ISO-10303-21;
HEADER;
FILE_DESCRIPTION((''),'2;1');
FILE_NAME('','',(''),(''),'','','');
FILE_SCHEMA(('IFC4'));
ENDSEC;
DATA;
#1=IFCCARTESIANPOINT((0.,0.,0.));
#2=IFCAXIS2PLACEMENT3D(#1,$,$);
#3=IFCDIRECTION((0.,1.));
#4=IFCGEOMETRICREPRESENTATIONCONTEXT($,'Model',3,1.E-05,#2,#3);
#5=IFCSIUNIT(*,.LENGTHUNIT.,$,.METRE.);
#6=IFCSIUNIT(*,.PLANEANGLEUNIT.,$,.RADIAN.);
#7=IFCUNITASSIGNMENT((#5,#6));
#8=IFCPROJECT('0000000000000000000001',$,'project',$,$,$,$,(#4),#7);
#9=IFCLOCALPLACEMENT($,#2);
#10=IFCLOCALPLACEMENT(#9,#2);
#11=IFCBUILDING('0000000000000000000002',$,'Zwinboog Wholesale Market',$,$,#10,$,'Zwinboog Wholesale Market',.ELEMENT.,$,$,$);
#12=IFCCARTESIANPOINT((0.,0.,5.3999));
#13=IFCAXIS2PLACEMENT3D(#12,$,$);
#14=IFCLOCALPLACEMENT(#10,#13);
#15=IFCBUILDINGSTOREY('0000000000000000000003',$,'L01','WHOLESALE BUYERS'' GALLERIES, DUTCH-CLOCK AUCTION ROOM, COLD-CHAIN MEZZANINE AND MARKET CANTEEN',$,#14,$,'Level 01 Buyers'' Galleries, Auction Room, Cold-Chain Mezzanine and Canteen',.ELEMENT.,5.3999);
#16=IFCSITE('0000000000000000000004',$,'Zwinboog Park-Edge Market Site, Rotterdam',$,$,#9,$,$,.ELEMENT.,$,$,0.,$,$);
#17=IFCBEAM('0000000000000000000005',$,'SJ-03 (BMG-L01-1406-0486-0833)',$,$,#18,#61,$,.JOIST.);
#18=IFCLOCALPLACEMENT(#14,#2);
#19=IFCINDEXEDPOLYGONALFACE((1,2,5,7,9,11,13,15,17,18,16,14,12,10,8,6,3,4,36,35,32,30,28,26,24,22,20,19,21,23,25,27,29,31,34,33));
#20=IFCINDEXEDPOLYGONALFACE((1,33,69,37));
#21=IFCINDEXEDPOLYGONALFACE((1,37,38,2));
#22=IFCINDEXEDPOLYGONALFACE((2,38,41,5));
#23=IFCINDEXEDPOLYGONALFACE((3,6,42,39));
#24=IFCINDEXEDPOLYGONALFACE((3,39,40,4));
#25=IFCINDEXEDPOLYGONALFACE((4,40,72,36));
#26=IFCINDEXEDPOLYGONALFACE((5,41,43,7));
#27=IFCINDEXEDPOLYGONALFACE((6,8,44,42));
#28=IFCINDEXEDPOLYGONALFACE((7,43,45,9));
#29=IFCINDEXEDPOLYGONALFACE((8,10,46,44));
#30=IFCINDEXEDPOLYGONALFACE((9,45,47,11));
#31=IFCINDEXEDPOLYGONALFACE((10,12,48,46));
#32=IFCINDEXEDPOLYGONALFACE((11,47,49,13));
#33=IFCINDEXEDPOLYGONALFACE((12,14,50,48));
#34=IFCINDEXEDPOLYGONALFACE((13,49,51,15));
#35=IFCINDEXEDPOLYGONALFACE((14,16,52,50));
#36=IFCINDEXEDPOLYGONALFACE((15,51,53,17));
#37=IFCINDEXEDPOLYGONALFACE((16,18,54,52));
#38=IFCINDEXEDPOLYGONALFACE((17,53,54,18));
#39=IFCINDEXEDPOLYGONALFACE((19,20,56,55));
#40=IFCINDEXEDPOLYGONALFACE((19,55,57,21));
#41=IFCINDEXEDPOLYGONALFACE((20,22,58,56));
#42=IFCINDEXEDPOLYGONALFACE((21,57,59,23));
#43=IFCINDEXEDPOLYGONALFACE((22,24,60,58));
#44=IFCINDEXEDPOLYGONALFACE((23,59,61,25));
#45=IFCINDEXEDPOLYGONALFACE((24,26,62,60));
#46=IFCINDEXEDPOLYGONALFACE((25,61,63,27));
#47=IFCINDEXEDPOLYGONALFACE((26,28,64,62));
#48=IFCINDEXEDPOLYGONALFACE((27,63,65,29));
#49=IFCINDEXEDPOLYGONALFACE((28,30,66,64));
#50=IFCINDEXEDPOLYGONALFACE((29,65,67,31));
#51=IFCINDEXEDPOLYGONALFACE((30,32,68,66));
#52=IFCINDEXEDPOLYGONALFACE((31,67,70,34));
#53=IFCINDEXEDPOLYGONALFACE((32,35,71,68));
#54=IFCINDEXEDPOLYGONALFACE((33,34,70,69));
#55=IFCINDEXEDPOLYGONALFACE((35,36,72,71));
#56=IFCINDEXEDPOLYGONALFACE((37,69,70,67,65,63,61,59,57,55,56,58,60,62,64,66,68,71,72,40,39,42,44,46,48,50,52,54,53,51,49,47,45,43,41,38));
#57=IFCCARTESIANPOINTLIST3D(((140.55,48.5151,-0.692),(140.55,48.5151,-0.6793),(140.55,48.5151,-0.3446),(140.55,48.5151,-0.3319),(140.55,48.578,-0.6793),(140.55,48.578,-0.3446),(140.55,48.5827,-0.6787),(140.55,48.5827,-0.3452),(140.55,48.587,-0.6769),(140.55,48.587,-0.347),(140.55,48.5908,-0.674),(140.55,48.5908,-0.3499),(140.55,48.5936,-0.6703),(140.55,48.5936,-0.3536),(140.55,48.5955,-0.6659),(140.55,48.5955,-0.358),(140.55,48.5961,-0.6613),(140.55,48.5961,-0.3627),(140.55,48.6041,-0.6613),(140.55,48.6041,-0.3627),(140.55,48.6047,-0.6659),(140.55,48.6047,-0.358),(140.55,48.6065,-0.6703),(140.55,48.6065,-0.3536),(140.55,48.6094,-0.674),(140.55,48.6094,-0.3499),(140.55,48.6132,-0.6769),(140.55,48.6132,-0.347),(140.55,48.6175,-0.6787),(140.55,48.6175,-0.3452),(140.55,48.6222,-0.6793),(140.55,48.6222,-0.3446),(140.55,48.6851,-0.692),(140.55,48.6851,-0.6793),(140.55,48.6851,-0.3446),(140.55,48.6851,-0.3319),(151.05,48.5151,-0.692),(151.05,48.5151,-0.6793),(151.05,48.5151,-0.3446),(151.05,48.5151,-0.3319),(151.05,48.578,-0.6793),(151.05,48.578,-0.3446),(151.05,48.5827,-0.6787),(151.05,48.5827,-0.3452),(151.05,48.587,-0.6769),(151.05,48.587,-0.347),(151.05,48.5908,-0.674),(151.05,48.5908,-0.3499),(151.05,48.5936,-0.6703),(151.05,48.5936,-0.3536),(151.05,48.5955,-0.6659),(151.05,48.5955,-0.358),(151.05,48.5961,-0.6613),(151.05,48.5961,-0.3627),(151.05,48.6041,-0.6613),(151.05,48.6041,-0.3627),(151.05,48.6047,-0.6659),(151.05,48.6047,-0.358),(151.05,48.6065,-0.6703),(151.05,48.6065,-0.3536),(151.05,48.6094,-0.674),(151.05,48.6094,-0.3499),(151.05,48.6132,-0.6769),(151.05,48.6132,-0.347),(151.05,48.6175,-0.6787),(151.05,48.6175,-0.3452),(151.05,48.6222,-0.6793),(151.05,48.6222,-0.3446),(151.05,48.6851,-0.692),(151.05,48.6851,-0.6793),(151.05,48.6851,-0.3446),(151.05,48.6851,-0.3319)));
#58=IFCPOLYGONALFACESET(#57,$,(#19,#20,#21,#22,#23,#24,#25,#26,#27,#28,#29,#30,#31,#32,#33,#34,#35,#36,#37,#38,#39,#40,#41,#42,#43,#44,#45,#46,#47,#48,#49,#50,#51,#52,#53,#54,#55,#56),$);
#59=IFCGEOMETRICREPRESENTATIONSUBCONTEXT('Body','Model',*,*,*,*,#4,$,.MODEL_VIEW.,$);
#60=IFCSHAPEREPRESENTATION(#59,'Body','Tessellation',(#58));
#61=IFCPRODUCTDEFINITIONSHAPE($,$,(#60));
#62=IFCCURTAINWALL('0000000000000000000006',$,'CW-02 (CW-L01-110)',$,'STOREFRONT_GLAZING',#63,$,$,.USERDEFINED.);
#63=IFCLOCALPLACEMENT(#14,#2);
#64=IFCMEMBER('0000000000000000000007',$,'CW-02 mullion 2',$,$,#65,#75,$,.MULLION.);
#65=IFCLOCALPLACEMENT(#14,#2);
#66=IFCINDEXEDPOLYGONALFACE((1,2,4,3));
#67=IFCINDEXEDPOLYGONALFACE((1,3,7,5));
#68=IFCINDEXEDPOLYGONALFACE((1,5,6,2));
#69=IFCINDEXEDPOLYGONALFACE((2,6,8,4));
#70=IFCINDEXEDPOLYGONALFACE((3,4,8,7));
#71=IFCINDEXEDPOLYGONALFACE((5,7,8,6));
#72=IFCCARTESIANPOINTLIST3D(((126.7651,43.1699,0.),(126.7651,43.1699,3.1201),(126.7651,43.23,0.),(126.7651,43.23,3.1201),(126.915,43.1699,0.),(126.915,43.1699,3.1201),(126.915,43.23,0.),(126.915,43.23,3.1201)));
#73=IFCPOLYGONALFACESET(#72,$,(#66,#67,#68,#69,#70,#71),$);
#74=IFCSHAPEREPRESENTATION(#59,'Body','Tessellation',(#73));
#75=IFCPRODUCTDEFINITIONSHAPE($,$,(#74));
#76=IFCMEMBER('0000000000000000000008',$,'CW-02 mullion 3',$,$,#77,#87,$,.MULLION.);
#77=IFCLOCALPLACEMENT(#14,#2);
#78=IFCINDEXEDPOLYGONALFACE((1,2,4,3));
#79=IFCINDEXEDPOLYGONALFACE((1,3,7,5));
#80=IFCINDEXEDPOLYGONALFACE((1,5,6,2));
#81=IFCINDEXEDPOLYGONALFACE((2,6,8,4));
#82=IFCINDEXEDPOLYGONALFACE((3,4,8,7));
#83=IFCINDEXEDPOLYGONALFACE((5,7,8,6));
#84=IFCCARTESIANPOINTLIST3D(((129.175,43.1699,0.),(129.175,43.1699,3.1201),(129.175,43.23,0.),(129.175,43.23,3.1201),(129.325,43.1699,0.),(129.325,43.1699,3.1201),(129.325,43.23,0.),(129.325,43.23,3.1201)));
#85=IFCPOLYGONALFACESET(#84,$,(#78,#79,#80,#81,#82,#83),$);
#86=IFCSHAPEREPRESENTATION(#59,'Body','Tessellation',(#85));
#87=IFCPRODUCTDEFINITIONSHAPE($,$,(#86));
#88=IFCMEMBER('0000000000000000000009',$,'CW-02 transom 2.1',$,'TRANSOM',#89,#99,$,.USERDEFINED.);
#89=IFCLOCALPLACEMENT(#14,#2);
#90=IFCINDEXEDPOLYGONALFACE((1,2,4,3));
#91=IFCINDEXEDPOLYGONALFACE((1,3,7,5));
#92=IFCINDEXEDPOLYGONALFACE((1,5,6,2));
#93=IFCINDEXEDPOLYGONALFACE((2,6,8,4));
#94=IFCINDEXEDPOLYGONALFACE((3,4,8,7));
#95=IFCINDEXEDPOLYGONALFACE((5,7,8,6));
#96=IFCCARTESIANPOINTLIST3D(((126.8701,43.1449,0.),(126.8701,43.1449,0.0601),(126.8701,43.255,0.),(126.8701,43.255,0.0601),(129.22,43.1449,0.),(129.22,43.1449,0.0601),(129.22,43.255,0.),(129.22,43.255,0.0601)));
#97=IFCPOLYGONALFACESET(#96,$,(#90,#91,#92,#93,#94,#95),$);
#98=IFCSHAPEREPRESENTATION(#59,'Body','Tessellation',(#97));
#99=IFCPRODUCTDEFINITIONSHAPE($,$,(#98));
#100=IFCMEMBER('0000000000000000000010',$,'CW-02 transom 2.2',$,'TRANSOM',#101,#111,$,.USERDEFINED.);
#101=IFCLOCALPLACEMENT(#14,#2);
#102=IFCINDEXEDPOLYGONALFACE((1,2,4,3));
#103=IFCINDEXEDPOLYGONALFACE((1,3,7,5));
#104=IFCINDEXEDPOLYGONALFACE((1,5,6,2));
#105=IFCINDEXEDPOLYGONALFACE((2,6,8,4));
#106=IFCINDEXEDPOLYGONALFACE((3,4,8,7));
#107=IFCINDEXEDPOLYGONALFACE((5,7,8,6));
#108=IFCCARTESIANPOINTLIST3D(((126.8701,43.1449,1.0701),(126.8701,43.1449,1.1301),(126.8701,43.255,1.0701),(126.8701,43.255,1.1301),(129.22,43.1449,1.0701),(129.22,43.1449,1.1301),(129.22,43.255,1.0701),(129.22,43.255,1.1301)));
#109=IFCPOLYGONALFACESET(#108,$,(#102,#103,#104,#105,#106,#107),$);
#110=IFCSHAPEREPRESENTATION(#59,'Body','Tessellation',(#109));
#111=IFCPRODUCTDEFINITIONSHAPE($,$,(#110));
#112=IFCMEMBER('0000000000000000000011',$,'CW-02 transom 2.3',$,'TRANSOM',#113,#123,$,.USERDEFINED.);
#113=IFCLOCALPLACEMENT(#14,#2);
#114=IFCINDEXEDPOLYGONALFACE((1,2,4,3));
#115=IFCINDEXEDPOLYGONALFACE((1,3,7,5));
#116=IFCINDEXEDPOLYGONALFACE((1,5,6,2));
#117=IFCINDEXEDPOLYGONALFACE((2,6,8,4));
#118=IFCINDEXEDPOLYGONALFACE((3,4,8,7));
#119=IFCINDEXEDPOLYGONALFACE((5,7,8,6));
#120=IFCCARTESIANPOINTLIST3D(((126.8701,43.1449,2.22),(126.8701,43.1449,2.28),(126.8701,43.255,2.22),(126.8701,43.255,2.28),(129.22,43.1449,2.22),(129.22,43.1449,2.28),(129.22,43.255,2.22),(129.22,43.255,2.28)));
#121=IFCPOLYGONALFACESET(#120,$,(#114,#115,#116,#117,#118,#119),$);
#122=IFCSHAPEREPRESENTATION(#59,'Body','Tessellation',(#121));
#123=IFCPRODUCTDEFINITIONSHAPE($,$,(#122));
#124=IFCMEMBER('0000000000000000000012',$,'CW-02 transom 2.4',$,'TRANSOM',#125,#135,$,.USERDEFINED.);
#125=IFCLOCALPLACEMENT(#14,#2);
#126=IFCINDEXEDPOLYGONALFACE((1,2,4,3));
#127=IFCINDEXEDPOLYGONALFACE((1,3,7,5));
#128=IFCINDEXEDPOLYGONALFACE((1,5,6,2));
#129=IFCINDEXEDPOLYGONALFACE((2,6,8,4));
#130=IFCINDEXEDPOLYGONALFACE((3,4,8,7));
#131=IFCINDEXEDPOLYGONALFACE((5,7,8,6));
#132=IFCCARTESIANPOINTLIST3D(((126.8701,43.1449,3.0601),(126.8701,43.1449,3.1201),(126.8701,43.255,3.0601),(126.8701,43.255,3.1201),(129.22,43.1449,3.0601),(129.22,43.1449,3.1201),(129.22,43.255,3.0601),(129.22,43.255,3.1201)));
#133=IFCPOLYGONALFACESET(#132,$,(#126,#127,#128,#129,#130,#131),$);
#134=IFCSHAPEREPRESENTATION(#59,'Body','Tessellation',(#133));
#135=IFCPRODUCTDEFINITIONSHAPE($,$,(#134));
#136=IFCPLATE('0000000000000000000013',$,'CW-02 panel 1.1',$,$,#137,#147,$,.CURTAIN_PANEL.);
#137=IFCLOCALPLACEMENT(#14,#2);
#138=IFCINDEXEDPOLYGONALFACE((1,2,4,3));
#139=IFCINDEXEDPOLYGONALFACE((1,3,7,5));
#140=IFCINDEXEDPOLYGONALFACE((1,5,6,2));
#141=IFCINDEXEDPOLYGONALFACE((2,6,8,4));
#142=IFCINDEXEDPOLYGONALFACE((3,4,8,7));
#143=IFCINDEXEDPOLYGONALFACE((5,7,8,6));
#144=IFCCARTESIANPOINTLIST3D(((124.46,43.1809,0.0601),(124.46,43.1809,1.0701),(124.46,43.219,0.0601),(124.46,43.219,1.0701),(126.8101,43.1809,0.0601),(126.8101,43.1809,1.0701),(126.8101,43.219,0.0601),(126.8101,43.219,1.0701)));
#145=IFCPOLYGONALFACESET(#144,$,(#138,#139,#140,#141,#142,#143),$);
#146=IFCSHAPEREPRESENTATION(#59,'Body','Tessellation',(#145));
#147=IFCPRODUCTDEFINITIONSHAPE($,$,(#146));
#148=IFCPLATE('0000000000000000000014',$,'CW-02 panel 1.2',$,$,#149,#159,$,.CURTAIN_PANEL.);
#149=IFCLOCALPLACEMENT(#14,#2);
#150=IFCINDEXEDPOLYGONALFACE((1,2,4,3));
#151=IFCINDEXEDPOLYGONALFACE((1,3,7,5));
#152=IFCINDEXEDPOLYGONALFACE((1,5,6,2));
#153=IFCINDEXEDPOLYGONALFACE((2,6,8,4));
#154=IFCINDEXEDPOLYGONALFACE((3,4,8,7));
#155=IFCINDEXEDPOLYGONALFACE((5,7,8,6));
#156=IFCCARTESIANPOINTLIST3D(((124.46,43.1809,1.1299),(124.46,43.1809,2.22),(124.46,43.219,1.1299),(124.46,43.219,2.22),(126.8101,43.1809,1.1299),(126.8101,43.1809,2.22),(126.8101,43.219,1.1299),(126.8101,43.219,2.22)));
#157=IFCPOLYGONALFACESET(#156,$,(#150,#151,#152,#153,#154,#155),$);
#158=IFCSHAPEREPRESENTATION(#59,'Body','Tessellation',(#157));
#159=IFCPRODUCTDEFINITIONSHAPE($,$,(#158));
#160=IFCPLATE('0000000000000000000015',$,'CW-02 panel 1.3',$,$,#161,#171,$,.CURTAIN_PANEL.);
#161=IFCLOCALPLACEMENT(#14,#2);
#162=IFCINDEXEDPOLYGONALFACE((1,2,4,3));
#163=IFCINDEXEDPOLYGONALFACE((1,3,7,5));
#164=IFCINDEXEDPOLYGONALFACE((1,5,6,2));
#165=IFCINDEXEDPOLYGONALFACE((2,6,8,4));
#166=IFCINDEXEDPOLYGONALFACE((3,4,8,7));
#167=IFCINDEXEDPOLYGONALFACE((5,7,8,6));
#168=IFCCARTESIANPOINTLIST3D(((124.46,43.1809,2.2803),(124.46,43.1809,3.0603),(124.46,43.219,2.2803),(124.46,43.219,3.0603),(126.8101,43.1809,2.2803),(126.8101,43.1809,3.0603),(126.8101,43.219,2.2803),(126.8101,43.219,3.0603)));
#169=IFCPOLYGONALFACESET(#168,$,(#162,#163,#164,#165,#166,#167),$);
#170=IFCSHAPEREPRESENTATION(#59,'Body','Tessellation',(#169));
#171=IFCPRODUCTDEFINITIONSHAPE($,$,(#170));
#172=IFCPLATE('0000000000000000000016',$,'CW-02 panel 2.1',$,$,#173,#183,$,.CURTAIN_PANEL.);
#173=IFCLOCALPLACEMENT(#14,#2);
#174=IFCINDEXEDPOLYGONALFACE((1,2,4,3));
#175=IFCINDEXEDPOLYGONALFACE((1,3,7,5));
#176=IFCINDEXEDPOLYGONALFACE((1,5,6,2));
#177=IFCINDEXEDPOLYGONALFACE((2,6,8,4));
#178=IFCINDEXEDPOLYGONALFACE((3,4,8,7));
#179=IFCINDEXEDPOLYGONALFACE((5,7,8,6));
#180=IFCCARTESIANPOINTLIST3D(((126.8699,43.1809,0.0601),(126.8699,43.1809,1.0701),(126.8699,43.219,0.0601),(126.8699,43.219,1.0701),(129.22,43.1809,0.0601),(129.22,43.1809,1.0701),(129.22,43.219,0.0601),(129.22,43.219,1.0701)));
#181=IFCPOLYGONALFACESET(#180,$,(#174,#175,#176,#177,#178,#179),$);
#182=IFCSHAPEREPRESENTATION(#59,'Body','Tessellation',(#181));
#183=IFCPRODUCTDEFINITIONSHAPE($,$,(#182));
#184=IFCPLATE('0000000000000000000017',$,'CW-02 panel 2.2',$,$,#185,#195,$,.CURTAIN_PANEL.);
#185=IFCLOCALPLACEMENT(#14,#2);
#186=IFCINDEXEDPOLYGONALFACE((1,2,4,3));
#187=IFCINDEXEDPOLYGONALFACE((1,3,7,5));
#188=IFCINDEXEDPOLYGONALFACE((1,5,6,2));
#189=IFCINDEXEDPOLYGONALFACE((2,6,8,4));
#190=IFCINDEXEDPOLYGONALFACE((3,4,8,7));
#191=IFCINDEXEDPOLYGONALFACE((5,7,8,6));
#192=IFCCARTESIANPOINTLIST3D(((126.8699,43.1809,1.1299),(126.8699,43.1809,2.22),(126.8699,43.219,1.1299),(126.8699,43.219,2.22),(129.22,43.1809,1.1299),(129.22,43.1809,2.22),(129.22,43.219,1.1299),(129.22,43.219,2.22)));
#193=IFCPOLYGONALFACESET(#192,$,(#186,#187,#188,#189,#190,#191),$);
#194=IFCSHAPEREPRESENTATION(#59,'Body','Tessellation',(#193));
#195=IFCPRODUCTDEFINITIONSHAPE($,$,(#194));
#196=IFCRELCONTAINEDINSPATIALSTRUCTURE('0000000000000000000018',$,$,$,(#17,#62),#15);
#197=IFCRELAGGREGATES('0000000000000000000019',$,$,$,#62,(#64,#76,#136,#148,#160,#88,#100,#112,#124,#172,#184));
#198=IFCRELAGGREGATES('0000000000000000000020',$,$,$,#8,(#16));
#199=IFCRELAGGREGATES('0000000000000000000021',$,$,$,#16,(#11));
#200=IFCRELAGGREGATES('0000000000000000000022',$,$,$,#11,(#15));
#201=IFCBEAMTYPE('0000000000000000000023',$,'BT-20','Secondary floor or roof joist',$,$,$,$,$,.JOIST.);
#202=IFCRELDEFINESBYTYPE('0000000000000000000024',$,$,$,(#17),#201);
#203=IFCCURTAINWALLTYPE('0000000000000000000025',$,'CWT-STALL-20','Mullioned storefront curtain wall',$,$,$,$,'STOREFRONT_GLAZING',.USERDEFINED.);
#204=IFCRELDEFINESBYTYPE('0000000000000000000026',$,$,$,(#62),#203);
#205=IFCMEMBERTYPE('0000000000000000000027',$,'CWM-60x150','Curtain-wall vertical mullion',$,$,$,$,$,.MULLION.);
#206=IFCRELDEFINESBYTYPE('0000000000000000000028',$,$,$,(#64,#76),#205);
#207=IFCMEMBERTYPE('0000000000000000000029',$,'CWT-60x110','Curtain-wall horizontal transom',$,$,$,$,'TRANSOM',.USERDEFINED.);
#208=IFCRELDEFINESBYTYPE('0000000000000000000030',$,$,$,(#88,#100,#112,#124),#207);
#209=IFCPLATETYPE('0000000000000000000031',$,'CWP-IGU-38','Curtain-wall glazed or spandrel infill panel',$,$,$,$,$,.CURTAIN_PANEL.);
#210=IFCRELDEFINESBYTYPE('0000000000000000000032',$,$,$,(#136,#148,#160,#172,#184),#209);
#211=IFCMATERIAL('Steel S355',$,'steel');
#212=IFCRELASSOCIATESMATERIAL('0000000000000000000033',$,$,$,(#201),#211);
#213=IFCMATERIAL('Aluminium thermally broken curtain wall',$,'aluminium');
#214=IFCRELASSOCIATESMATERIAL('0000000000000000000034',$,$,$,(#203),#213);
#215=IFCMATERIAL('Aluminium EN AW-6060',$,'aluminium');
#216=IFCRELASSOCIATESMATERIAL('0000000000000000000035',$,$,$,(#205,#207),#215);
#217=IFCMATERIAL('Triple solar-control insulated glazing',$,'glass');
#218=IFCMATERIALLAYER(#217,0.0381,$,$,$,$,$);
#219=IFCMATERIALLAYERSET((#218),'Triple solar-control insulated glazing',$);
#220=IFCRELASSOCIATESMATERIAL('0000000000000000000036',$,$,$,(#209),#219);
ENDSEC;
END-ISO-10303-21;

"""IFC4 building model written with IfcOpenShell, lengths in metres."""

from ifc_helpers import new_model, si_unit, direction, frame, origin, origin_2d, place, context, subcontext, project, spatial, rectangle, i_section, extrude, material, layer, layer_set, material_profile, profile_set, type_object, element, aggregate, save


model = new_model("IFC4")

# Units and contexts
model_context = context("Model", 3, precision=1e-05, world=origin(), true_north=direction((0.0, 1.0)))
body_context = subcontext(model_context, "Body", "Model", "MODEL_VIEW")
ifc_project = project(units=[si_unit("LENGTHUNIT", "METRE"), si_unit("PLANEANGLEUNIT", "RADIAN")], contexts=[model_context])

# Site, building, storey
site_placement = place(None, origin())
site = spatial("IfcSite", under=ifc_project, at=site_placement, Name="Zwinboog Park-Edge Market Site, Rotterdam", CompositionType="ELEMENT", RefElevation=0.0)
building_placement = place(site_placement, origin())
building = spatial("IfcBuilding", under=site, at=building_placement, Name="Zwinboog Wholesale Market", LongName="Zwinboog Wholesale Market", CompositionType="ELEMENT")
storey_placement = place(building_placement, frame((0.0, 0.0, 5.3999)))
storey = spatial("IfcBuildingStorey", under=building, at=storey_placement, Name="L01", Description="WHOLESALE BUYERS' GALLERIES, DUTCH-CLOCK AUCTION ROOM, COLD-CHAIN MEZZANINE AND MARKET CANTEEN", LongName="Level 01 Buyers' Galleries, Auction Room, Cold-Chain Mezzanine and Canteen", CompositionType="ELEMENT", Elevation=5.3999)

# Beam
ifc_material_1 = material(Name="Steel S355", Category="steel")
ifc_material_profile_1 = material_profile(ifc_material_1, i_section(OverallWidth=0.1699, OverallDepth=0.3601, WebThickness=0.0081, FlangeThickness=0.0127, FilletRadius=0.0181, at=origin_2d()), Name="IPE 360")
ifc_profile_set_1 = profile_set([ifc_material_profile_1], Name="Steel S355")
beam_type_1 = type_object("IfcBeamType", Name="BT-20", Description="Secondary floor or roof joist", PredefinedType="JOIST", material=ifc_profile_set_1)
beam_1_placement = place(storey_placement, frame((140.55, 48.6001, -0.512), z_axis=(1.0, 0.0, 0.0), x_axis=(0.0, 1.0, 0.0)))
element("IfcBeam", 1, at=beam_1_placement, inside=storey, type_object=beam_type_1, Name="SJ-03 (BMG-L01-1406-0486-0833)", PredefinedType="JOIST", context=body_context, shape_type="SweptSolid", body=[
    extrude(i_section(OverallWidth=0.1699, OverallDepth=0.3601, WebThickness=0.0081, FlangeThickness=0.0127, FilletRadius=0.0181, at=origin_2d()), origin(), (0.0, 0.0, 1.0), 10.5),
])

# Curtain wall, members, plates
ifc_material_2 = material(Name="Aluminium thermally broken curtain wall", Category="aluminium")
curtain_wall_type = type_object("IfcCurtainWallType", Name="CWT-STALL-20", Description="Mullioned storefront curtain wall", ElementType="STOREFRONT_GLAZING", PredefinedType="USERDEFINED", material=ifc_material_2)
curtain_wall_placement = place(storey_placement, origin())
curtain_wall = element("IfcCurtainWall", 2, at=curtain_wall_placement, inside=storey, type_object=curtain_wall_type, Name="CW-02 (CW-L01-110)", ObjectType="STOREFRONT_GLAZING", PredefinedType="USERDEFINED")
ifc_material_3 = material(Name="Aluminium EN AW-6060", Category="aluminium")
ifc_material_profile_2 = material_profile(ifc_material_3, rectangle(XDim=0.0601, YDim=0.1499, at=origin_2d()), Name="AL 60x150")
ifc_profile_set_2 = profile_set([ifc_material_profile_2], Name="Aluminium EN AW-6060")
member_type_1 = type_object("IfcMemberType", Name="CWM-60x150", Description="Curtain-wall vertical mullion", PredefinedType="MULLION", material=ifc_profile_set_2)
member_1_placement = place(storey_placement, frame((126.8401, 43.2, 0.0), z_axis=(0.0, 0.0, 1.0), x_axis=(0.0, 1.0, 0.0)))
member_1 = element("IfcMember", 3, at=member_1_placement, type_object=member_type_1, Name="CW-02 mullion 2", PredefinedType="MULLION", context=body_context, shape_type="SweptSolid", body=[
    extrude(rectangle(XDim=0.0601, YDim=0.1499, at=origin_2d()), origin(), (0.0, 0.0, 1.0), 3.1201),
])
member_2_placement = place(storey_placement, frame((129.25, 43.2, 0.0), z_axis=(0.0, 0.0, 1.0), x_axis=(0.0, 1.0, 0.0)))
member_2 = element("IfcMember", 4, at=member_2_placement, type_object=member_type_1, Name="CW-02 mullion 3", PredefinedType="MULLION", context=body_context, shape_type="SweptSolid", body=[
    extrude(rectangle(XDim=0.0601, YDim=0.1499, at=origin_2d()), origin(), (0.0, 0.0, 1.0), 3.1201),
])
ifc_material_profile_3 = material_profile(ifc_material_3, rectangle(XDim=0.1101, YDim=0.0601, at=origin_2d()), Name="AL 60x110")
ifc_profile_set_3 = profile_set([ifc_material_profile_3], Name="Aluminium EN AW-6060")
member_type_2 = type_object("IfcMemberType", Name="CWT-60x110", Description="Curtain-wall horizontal transom", ElementType="TRANSOM", PredefinedType="USERDEFINED", material=ifc_profile_set_3)
member_3_placement = place(storey_placement, frame((126.8701, 43.2, 0.03), z_axis=(1.0, 0.0, 0.0), x_axis=(0.0, 1.0, 0.0)))
member_3 = element("IfcMember", 5, at=member_3_placement, type_object=member_type_2, Name="CW-02 transom 2.1", ObjectType="TRANSOM", PredefinedType="USERDEFINED", context=body_context, shape_type="SweptSolid", body=[
    extrude(rectangle(XDim=0.1101, YDim=0.0601, at=origin_2d()), origin(), (0.0, 0.0, 1.0), 2.3499),
])
member_4_placement = place(storey_placement, frame((126.8701, 43.2, 1.1001), z_axis=(1.0, 0.0, 0.0), x_axis=(0.0, 1.0, 0.0)))
member_4 = element("IfcMember", 6, at=member_4_placement, type_object=member_type_2, Name="CW-02 transom 2.2", ObjectType="TRANSOM", PredefinedType="USERDEFINED", context=body_context, shape_type="SweptSolid", body=[
    extrude(rectangle(XDim=0.1101, YDim=0.0601, at=origin_2d()), origin(), (0.0, 0.0, 1.0), 2.3499),
])
member_5_placement = place(storey_placement, frame((126.8701, 43.2, 2.25), z_axis=(1.0, 0.0, 0.0), x_axis=(0.0, 1.0, 0.0)))
member_5 = element("IfcMember", 7, at=member_5_placement, type_object=member_type_2, Name="CW-02 transom 2.3", ObjectType="TRANSOM", PredefinedType="USERDEFINED", context=body_context, shape_type="SweptSolid", body=[
    extrude(rectangle(XDim=0.1101, YDim=0.0601, at=origin_2d()), origin(), (0.0, 0.0, 1.0), 2.3499),
])
member_6_placement = place(storey_placement, frame((126.8701, 43.2, 3.0901), z_axis=(1.0, 0.0, 0.0), x_axis=(0.0, 1.0, 0.0)))
member_6 = element("IfcMember", 8, at=member_6_placement, type_object=member_type_2, Name="CW-02 transom 2.4", ObjectType="TRANSOM", PredefinedType="USERDEFINED", context=body_context, shape_type="SweptSolid", body=[
    extrude(rectangle(XDim=0.1101, YDim=0.0601, at=origin_2d()), origin(), (0.0, 0.0, 1.0), 2.3499),
])
ifc_material_4 = material(Name="Triple solar-control insulated glazing", Category="glass")
ifc_layer_1 = layer(ifc_material_4, 0.0381)
ifc_layer_set_1 = layer_set([ifc_layer_1], Name="Triple solar-control insulated glazing")
plate_type = type_object("IfcPlateType", Name="CWP-IGU-38", Description="Curtain-wall glazed or spandrel infill panel", PredefinedType="CURTAIN_PANEL", material=ifc_layer_set_1)
plate_1_placement = place(storey_placement, frame((125.635, 43.2, 0.0601), z_axis=(0.0, 0.0, 1.0), x_axis=(1.0, 0.0, 0.0)))
plate_1 = element("IfcPlate", 9, at=plate_1_placement, type_object=plate_type, Name="CW-02 panel 1.1", PredefinedType="CURTAIN_PANEL", context=body_context, shape_type="SweptSolid", body=[
    extrude(rectangle(XDim=2.3501, YDim=0.0381, at=origin_2d()), origin(), (0.0, 0.0, 1.0), 1.01),
])
plate_2_placement = place(storey_placement, frame((125.635, 43.2, 1.1299), z_axis=(0.0, 0.0, 1.0), x_axis=(1.0, 0.0, 0.0)))
plate_2 = element("IfcPlate", 10, at=plate_2_placement, type_object=plate_type, Name="CW-02 panel 1.2", PredefinedType="CURTAIN_PANEL", context=body_context, shape_type="SweptSolid", body=[
    extrude(rectangle(XDim=2.3501, YDim=0.0381, at=origin_2d()), origin(), (0.0, 0.0, 1.0), 1.0901),
])
plate_3_placement = place(storey_placement, frame((125.635, 43.2, 2.2803), z_axis=(0.0, 0.0, 1.0), x_axis=(1.0, 0.0, 0.0)))
plate_3 = element("IfcPlate", 11, at=plate_3_placement, type_object=plate_type, Name="CW-02 panel 1.3", PredefinedType="CURTAIN_PANEL", context=body_context, shape_type="SweptSolid", body=[
    extrude(rectangle(XDim=2.3501, YDim=0.0381, at=origin_2d()), origin(), (0.0, 0.0, 1.0), 0.78),
])
plate_4_placement = place(storey_placement, frame((128.0449, 43.2, 0.0601), z_axis=(0.0, 0.0, 1.0), x_axis=(1.0, 0.0, 0.0)))
plate_4 = element("IfcPlate", 12, at=plate_4_placement, type_object=plate_type, Name="CW-02 panel 2.1", PredefinedType="CURTAIN_PANEL", context=body_context, shape_type="SweptSolid", body=[
    extrude(rectangle(XDim=2.3501, YDim=0.0381, at=origin_2d()), origin(), (0.0, 0.0, 1.0), 1.01),
])
plate_5_placement = place(storey_placement, frame((128.0449, 43.2, 1.1299), z_axis=(0.0, 0.0, 1.0), x_axis=(1.0, 0.0, 0.0)))
plate_5 = element("IfcPlate", 13, at=plate_5_placement, type_object=plate_type, Name="CW-02 panel 2.2", PredefinedType="CURTAIN_PANEL", context=body_context, shape_type="SweptSolid", body=[
    extrude(rectangle(XDim=2.3501, YDim=0.0381, at=origin_2d()), origin(), (0.0, 0.0, 1.0), 1.0901),
])
aggregate(curtain_wall, [member_1, member_2, plate_1, plate_2, plate_3, member_3, member_4, member_5, member_6, plate_4, plate_5])

save(model, "model.ifc")
